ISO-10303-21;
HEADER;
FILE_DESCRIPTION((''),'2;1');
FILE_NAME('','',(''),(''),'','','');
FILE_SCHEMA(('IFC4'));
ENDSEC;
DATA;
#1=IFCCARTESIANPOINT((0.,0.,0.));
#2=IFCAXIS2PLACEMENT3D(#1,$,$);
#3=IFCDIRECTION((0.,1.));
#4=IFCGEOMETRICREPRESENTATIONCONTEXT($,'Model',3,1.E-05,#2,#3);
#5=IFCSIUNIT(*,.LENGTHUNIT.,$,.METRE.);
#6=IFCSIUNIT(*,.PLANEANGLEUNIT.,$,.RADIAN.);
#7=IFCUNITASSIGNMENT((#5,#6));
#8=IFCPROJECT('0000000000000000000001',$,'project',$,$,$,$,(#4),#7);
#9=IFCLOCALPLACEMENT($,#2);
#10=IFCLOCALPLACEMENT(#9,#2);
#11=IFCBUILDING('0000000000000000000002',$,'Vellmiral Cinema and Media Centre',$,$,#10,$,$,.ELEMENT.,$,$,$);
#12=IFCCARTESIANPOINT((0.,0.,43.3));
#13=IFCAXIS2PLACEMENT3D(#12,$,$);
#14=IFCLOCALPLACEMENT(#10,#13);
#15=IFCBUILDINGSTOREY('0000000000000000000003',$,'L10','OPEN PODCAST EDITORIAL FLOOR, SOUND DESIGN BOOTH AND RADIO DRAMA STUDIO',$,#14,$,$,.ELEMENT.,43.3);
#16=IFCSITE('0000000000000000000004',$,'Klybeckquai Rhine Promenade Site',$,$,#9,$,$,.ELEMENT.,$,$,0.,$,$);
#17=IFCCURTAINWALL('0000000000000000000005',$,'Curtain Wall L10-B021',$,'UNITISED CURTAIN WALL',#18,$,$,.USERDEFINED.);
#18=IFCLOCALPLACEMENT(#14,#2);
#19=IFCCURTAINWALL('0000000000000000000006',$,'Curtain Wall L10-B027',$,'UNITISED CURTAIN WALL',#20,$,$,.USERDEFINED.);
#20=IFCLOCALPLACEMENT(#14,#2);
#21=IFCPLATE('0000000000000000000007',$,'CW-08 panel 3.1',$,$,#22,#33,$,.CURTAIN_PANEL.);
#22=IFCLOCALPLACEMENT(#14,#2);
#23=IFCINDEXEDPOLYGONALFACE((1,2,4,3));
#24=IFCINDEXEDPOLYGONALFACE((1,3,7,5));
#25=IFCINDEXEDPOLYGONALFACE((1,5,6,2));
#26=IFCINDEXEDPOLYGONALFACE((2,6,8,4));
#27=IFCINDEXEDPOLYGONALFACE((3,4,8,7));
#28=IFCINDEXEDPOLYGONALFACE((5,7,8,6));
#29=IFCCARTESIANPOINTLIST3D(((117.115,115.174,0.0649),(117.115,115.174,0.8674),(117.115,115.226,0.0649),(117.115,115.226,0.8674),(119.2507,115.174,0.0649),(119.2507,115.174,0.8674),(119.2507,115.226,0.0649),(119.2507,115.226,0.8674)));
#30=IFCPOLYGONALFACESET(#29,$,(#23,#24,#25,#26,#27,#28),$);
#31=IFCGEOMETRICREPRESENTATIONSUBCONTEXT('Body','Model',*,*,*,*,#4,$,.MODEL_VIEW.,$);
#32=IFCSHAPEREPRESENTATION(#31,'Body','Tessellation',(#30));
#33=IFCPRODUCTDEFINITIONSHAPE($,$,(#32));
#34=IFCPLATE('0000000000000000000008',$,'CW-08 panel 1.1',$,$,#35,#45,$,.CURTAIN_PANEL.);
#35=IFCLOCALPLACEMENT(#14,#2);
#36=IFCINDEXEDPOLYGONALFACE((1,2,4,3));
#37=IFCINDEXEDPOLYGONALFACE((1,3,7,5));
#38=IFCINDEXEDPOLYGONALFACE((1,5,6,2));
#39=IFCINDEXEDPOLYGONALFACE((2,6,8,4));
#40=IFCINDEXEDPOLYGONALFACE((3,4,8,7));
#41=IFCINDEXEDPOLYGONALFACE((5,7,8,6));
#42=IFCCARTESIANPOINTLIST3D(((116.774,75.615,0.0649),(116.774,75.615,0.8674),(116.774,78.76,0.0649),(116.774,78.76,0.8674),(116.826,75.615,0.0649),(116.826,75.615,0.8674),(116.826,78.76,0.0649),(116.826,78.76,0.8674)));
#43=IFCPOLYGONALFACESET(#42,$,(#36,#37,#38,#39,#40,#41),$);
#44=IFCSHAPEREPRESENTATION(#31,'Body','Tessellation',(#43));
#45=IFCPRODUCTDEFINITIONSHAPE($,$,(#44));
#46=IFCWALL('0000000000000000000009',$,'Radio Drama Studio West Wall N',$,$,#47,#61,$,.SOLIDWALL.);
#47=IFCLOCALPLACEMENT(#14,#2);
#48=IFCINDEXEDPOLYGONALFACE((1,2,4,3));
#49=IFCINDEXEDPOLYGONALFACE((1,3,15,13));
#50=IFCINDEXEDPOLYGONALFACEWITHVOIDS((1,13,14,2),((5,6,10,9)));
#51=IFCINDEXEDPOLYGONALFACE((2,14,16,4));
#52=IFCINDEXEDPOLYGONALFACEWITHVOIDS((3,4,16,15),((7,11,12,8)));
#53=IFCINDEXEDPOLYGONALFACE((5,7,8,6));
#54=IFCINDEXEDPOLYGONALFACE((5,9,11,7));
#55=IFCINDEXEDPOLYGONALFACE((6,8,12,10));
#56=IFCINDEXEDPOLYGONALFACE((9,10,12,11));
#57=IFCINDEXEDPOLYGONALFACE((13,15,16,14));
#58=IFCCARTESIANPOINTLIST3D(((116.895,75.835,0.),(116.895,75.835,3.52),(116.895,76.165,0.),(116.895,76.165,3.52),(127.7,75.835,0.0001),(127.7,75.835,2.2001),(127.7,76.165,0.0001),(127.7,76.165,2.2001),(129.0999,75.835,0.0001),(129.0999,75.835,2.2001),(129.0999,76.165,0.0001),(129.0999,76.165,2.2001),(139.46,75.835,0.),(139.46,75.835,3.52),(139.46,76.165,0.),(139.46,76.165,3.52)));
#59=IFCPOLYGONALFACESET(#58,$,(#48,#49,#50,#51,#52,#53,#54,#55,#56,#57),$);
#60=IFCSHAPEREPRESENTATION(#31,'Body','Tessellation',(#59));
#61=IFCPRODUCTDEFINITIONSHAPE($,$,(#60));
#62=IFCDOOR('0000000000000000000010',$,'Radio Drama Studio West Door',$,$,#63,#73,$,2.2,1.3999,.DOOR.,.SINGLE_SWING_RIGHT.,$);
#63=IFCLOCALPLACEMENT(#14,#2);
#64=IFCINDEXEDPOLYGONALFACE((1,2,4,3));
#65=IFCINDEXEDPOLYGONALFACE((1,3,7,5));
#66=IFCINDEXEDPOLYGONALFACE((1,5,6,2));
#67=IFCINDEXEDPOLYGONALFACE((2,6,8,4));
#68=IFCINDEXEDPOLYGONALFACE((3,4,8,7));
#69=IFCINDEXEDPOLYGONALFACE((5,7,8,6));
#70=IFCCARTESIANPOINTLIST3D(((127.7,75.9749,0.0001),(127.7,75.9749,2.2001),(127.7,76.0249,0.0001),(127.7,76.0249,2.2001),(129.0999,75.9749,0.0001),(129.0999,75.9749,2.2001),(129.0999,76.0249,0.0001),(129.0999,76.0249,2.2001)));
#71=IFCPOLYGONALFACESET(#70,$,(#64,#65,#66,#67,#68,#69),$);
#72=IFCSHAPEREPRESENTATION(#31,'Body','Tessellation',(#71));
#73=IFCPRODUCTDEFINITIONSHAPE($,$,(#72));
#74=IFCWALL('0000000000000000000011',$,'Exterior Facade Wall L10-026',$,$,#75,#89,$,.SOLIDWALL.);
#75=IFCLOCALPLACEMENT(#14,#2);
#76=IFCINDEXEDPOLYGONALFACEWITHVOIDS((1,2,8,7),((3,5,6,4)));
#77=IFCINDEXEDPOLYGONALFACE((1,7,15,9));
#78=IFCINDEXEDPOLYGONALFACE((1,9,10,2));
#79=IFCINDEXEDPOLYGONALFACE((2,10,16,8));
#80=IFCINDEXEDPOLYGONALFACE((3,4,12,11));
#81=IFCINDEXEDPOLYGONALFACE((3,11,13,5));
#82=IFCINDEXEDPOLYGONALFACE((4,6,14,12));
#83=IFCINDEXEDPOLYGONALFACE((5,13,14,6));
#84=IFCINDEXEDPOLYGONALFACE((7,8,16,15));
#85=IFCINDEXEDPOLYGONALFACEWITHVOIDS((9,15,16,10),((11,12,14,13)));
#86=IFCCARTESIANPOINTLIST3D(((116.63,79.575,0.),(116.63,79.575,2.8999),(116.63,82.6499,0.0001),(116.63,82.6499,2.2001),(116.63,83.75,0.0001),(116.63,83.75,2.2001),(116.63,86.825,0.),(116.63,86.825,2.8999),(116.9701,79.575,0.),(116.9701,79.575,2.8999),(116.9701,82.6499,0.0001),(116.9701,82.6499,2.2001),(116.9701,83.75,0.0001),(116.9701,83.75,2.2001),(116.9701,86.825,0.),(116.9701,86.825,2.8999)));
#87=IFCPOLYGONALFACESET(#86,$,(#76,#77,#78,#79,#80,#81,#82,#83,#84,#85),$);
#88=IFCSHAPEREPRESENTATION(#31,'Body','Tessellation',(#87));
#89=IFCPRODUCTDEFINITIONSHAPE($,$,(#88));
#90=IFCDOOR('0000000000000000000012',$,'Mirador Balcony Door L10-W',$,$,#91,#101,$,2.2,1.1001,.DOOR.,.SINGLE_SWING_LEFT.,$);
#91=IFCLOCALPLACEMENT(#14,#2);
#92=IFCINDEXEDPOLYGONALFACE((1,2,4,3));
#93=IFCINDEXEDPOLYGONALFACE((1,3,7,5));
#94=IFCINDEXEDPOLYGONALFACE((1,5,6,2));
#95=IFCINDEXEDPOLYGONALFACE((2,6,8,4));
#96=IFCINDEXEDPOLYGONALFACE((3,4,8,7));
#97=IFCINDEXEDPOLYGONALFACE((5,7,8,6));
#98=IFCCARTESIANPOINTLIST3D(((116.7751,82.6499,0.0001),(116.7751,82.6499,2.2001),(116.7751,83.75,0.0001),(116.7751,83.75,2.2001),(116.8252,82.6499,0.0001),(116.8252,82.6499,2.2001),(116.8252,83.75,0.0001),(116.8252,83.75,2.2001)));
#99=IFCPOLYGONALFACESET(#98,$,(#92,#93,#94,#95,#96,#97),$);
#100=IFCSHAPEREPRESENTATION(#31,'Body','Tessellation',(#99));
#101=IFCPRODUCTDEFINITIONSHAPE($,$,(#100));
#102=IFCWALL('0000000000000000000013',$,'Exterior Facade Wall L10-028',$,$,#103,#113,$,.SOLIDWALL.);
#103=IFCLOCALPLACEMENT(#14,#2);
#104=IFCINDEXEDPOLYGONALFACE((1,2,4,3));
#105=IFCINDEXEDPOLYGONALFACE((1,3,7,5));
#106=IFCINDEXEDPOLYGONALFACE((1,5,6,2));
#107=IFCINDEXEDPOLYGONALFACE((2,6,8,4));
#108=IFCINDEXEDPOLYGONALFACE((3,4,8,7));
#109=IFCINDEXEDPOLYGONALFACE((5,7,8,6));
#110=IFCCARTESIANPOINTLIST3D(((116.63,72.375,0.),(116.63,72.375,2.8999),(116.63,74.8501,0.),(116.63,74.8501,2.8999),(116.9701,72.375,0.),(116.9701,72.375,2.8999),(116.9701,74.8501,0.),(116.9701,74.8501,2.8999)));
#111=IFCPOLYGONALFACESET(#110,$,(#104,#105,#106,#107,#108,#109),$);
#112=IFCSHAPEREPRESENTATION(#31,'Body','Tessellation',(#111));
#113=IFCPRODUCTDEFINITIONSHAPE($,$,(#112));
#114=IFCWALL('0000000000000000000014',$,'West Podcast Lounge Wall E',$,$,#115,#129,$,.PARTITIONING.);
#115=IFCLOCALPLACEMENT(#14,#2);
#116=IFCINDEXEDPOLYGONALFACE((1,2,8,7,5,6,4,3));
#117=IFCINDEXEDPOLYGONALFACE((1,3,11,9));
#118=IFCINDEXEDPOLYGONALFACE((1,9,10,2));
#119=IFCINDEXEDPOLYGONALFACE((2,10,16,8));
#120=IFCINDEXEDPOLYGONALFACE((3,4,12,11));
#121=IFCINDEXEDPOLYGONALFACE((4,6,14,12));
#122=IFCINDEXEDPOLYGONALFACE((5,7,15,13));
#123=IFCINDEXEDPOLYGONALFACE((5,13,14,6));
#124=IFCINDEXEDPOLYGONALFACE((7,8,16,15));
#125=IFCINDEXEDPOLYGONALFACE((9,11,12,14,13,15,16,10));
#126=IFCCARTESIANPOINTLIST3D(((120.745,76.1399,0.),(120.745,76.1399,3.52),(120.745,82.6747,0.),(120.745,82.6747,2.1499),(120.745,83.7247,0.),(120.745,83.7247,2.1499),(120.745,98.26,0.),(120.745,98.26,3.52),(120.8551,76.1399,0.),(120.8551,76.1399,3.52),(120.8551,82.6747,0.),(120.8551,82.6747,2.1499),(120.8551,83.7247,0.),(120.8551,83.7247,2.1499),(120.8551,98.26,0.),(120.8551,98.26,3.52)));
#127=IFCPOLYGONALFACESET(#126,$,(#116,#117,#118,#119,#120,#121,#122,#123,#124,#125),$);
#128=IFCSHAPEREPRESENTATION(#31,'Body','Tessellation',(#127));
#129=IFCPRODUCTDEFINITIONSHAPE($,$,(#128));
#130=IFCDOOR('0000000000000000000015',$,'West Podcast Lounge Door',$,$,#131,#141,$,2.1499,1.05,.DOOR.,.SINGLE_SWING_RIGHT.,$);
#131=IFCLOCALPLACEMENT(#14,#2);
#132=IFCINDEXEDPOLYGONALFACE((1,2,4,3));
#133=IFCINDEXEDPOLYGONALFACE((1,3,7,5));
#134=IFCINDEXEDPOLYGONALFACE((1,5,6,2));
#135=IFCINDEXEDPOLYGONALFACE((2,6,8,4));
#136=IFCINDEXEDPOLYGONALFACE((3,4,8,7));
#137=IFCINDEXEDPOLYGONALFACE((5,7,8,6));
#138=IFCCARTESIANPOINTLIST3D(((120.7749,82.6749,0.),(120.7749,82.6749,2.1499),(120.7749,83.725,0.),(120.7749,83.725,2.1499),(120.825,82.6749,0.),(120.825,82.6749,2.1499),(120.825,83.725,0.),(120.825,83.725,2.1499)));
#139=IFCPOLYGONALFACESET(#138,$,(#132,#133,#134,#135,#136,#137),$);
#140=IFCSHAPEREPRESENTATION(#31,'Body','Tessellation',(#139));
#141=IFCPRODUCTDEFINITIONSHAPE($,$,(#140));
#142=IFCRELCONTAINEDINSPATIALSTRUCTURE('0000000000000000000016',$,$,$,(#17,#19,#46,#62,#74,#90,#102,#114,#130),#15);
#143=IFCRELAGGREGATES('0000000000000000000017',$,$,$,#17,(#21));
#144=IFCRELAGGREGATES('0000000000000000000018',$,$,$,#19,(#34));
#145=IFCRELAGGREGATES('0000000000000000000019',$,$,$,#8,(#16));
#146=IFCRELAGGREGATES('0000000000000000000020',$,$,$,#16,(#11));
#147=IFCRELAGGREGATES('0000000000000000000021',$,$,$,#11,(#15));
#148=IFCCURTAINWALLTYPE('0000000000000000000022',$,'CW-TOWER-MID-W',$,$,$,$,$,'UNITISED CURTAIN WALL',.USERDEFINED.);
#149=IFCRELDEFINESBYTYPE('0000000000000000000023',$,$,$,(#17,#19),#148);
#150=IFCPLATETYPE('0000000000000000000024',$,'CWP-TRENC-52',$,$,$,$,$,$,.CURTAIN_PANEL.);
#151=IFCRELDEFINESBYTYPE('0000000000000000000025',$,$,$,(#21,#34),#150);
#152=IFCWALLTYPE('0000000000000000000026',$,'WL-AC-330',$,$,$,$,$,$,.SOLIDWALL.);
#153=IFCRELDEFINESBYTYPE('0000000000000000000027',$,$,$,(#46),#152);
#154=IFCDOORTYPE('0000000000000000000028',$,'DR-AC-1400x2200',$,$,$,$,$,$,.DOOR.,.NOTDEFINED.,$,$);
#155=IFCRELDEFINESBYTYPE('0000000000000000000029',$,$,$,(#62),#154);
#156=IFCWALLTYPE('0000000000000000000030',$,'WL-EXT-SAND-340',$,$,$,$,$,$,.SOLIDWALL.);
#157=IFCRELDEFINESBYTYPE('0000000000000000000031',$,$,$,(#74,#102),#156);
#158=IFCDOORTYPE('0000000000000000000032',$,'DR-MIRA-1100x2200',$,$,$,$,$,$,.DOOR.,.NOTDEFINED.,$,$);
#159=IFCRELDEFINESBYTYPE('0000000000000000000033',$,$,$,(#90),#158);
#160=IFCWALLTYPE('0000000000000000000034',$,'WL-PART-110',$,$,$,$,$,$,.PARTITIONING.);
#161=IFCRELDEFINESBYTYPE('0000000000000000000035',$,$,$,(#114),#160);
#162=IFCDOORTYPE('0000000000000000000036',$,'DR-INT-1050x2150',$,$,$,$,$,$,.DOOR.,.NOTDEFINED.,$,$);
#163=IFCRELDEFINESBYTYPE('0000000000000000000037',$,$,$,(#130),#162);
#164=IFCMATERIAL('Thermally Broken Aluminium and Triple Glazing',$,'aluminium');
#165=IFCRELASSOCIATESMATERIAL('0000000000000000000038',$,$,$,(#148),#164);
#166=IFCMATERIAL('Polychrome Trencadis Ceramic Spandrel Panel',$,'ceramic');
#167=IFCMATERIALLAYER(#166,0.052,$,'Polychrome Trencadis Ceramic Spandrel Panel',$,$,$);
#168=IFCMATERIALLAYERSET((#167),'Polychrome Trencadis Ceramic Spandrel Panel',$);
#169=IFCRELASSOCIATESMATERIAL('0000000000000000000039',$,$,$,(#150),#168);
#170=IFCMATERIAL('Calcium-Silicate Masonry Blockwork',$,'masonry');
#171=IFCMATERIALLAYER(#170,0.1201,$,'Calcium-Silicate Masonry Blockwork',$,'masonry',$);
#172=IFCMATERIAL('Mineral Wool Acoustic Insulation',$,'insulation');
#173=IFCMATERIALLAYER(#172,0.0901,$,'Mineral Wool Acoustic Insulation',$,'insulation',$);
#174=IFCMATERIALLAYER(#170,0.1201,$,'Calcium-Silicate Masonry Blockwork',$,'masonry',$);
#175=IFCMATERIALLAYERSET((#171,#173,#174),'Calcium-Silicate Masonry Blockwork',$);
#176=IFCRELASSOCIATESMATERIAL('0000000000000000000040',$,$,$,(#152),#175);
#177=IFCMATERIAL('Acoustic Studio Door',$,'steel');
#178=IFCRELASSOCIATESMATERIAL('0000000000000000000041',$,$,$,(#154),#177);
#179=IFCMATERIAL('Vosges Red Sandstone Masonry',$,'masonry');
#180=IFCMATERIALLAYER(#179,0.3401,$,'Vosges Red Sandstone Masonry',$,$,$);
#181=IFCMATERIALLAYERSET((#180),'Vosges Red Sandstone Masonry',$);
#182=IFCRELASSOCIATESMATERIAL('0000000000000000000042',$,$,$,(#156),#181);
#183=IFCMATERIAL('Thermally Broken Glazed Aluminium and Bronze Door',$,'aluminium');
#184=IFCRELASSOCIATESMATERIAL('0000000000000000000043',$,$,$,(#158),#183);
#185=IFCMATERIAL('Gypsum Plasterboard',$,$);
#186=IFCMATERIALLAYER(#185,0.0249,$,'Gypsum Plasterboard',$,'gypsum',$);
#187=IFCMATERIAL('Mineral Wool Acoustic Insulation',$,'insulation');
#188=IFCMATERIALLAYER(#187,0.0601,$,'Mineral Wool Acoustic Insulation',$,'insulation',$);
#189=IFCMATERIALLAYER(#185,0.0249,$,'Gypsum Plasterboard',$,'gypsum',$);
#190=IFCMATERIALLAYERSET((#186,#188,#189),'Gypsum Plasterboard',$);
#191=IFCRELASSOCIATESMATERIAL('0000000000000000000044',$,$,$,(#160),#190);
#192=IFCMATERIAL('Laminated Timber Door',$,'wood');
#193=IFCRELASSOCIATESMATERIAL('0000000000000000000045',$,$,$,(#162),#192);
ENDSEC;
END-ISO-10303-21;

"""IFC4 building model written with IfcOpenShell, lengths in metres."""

from ifc_helpers import new_model, si_unit, direction, frame, frame_2d, origin, origin_2d, place, context, subcontext, project, spatial, rectangle, extrude, material, layer, layer_set, type_object, element, fill, aggregate, save


model = new_model("IFC4")

# Units and contexts
model_context = context("Model", 3, precision=1e-05, world=origin(), true_north=direction((0.0, 1.0)))
body_context = subcontext(model_context, "Body", "Model", "MODEL_VIEW")
ifc_project = project(units=[si_unit("LENGTHUNIT", "METRE"), si_unit("PLANEANGLEUNIT", "RADIAN")], contexts=[model_context])

# Site, building, storey
site_placement = place(None, origin())
site = spatial("IfcSite", under=ifc_project, at=site_placement, Name="Klybeckquai Rhine Promenade Site", CompositionType="ELEMENT", RefElevation=0.0)
building_placement = place(site_placement, origin())
building = spatial("IfcBuilding", under=site, at=building_placement, Name="Vellmiral Cinema and Media Centre", CompositionType="ELEMENT")
storey_placement = place(building_placement, frame((0.0, 0.0, 43.3)))
storey = spatial("IfcBuildingStorey", under=building, at=storey_placement, Name="L10", Description="OPEN PODCAST EDITORIAL FLOOR, SOUND DESIGN BOOTH AND RADIO DRAMA STUDIO", CompositionType="ELEMENT", Elevation=43.3)

# Curtain walls
ifc_material_1 = material(Name="Thermally Broken Aluminium and Triple Glazing", Category="aluminium")
curtain_wall_type = type_object("IfcCurtainWallType", Name="CW-TOWER-MID-W", ElementType="UNITISED CURTAIN WALL", PredefinedType="USERDEFINED", material=ifc_material_1)
curtain_wall_1_placement = place(storey_placement, origin())
curtain_wall_1 = element("IfcCurtainWall", 1, at=curtain_wall_1_placement, inside=storey, type_object=curtain_wall_type, Name="Curtain Wall L10-B021", ObjectType="UNITISED CURTAIN WALL", PredefinedType="USERDEFINED")
curtain_wall_2_placement = place(storey_placement, origin())
curtain_wall_2 = element("IfcCurtainWall", 2, at=curtain_wall_2_placement, inside=storey, type_object=curtain_wall_type, Name="Curtain Wall L10-B027", ObjectType="UNITISED CURTAIN WALL", PredefinedType="USERDEFINED")

# Plates
ifc_material_2 = material(Name="Polychrome Trencadis Ceramic Spandrel Panel", Category="ceramic")
ifc_layer_1 = layer(ifc_material_2, 0.052, Name="Polychrome Trencadis Ceramic Spandrel Panel")
ifc_layer_set_1 = layer_set([ifc_layer_1], Name="Polychrome Trencadis Ceramic Spandrel Panel")
plate_type_1 = type_object("IfcPlateType", Name="CWP-TRENC-52", PredefinedType="CURTAIN_PANEL", material=ifc_layer_set_1)
plate_1_placement = place(storey_placement, frame((118.1829, 115.2, 0.0649), z_axis=(0.0, 0.0, 1.0), x_axis=(-1.0, 0.0, 0.0)))
plate_1 = element("IfcPlate", 3, at=plate_1_placement, type_object=plate_type_1, Name="CW-08 panel 3.1", PredefinedType="CURTAIN_PANEL", context=body_context, shape_type="SweptSolid", body=[
    extrude(rectangle(XDim=2.1357, YDim=0.052, at=origin_2d()), origin(), (0.0, 0.0, 1.0), 0.8025),
])
aggregate(curtain_wall_1, [plate_1])
plate_2_placement = place(storey_placement, frame((116.8, 77.1875, 0.0649), z_axis=(0.0, 0.0, 1.0), x_axis=(0.0, -1.0, 0.0)))
plate_2 = element("IfcPlate", 4, at=plate_2_placement, type_object=plate_type_1, Name="CW-08 panel 1.1", PredefinedType="CURTAIN_PANEL", context=body_context, shape_type="SweptSolid", body=[
    extrude(rectangle(XDim=3.145, YDim=0.052, at=origin_2d()), origin(), (0.0, 0.0, 1.0), 0.8025),
])
aggregate(curtain_wall_2, [plate_2])

# Walls, openings, doors
ifc_material_3 = material(Name="Calcium-Silicate Masonry Blockwork", Category="masonry")
ifc_layer_2 = layer(ifc_material_3, 0.1201, Name="Calcium-Silicate Masonry Blockwork", Category="masonry")
ifc_material_4 = material(Name="Mineral Wool Acoustic Insulation", Category="insulation")
ifc_layer_3 = layer(ifc_material_4, 0.0901, Name="Mineral Wool Acoustic Insulation", Category="insulation")
ifc_layer_4 = layer(ifc_material_3, 0.1201, Name="Calcium-Silicate Masonry Blockwork", Category="masonry")
ifc_layer_set_2 = layer_set([ifc_layer_2, ifc_layer_3, ifc_layer_4], Name="Calcium-Silicate Masonry Blockwork")
wall_type_1 = type_object("IfcWallType", Name="WL-AC-330", PredefinedType="SOLIDWALL", material=ifc_layer_set_2)
wall_1_placement = place(storey_placement, frame((116.895, 76.0, 0.0), z_axis=(0.0, 0.0, 1.0), x_axis=(1.0, 0.0, 0.0)))
wall_1 = element("IfcWall", 5, at=wall_1_placement, inside=storey, type_object=wall_type_1, Name="Radio Drama Studio West Wall N", PredefinedType="SOLIDWALL", context=body_context, shape_type="SweptSolid", body=[
    extrude(rectangle(XDim=22.5649, YDim=0.3301, at=frame_2d((11.2825, 0.0))), origin(), (0.0, 0.0, 1.0), 3.52),
])
opening_1_placement = place(wall_1_placement, frame((10.8049, 0.0, 0.0)))
opening_1 = element("IfcOpeningElement", 6, at=opening_1_placement, cuts=wall_1, PredefinedType="OPENING", context=body_context, shape_type="SweptSolid", body=[
    extrude(rectangle(XDim=1.3999, YDim=2.2, at=frame_2d((0.7, 1.1001))), frame((0.0, 0.177, 0.0), z_axis=(0.0, -1.0, 0.0), x_axis=(1.0, 0.0, 0.0)), (0.0, 0.0, 1.0), 0.354),
])
ifc_material_5 = material(Name="Acoustic Studio Door", Category="steel")
door_type_1 = type_object("IfcDoorType", Name="DR-AC-1400x2200", OperationType="NOTDEFINED", PredefinedType="DOOR", material=ifc_material_5)
door_1_placement = place(opening_1_placement, origin())
door_1 = element("IfcDoor", 7, at=door_1_placement, inside=storey, type_object=door_type_1, Name="Radio Drama Studio West Door", OperationType="SINGLE_SWING_RIGHT", OverallHeight=2.2, OverallWidth=1.3999, PredefinedType="DOOR", context=body_context, shape_type="SweptSolid", body=[
    extrude(rectangle(XDim=1.3999, YDim=2.2, at=frame_2d((0.7, 1.1001))), frame((0.0, 0.0249, 0.0), z_axis=(0.0, -1.0, 0.0), x_axis=(1.0, 0.0, 0.0)), (0.0, 0.0, 1.0), 0.05),
])
fill(opening_1, door_1)
ifc_material_6 = material(Name="Vosges Red Sandstone Masonry", Category="masonry")
ifc_layer_5 = layer(ifc_material_6, 0.3401, Name="Vosges Red Sandstone Masonry")
ifc_layer_set_3 = layer_set([ifc_layer_5], Name="Vosges Red Sandstone Masonry")
wall_type_2 = type_object("IfcWallType", Name="WL-EXT-SAND-340", PredefinedType="SOLIDWALL", material=ifc_layer_set_3)
wall_2_placement = place(storey_placement, frame((116.8, 86.825, 0.0), z_axis=(0.0, 0.0, 1.0), x_axis=(0.0, -1.0, 0.0)))
wall_2 = element("IfcWall", 8, at=wall_2_placement, inside=storey, type_object=wall_type_2, Name="Exterior Facade Wall L10-026", PredefinedType="SOLIDWALL", context=body_context, shape_type="SweptSolid", body=[
    extrude(rectangle(XDim=7.25, YDim=0.3401, at=frame_2d((3.625, 0.0))), origin(), (0.0, 0.0, 1.0), 2.8999),
])
opening_2_placement = place(wall_2_placement, frame((3.075, 0.0, 0.0)))
opening_2 = element("IfcOpeningElement", 9, at=opening_2_placement, cuts=wall_2, PredefinedType="OPENING", context=body_context, shape_type="SweptSolid", body=[
    extrude(rectangle(XDim=1.1001, YDim=2.2, at=frame_2d((0.55, 1.1001))), frame((0.0, 0.1821, 0.0), z_axis=(0.0, -1.0, 0.0), x_axis=(1.0, 0.0, 0.0)), (0.0, 0.0, 1.0), 0.364),
])
ifc_material_7 = material(Name="Thermally Broken Glazed Aluminium and Bronze Door", Category="aluminium")
door_type_2 = type_object("IfcDoorType", Name="DR-MIRA-1100x2200", OperationType="NOTDEFINED", PredefinedType="DOOR", material=ifc_material_7)
door_2_placement = place(opening_2_placement, frame((1.1001, 0.0, 0.0), z_axis=(0.0, 0.0, 1.0), x_axis=(-1.0, 0.0, 0.0)))
door_2 = element("IfcDoor", 10, at=door_2_placement, inside=storey, type_object=door_type_2, Name="Mirador Balcony Door L10-W", OperationType="SINGLE_SWING_LEFT", OverallHeight=2.2, OverallWidth=1.1001, PredefinedType="DOOR", context=body_context, shape_type="SweptSolid", body=[
    extrude(rectangle(XDim=1.1001, YDim=2.2, at=frame_2d((0.55, 1.1001))), frame((0.0, 0.0249, 0.0), z_axis=(0.0, -1.0, 0.0), x_axis=(1.0, 0.0, 0.0)), (0.0, 0.0, 1.0), 0.05),
])
fill(opening_2, door_2)

# Wall
wall_3_placement = place(storey_placement, frame((116.8, 74.8501, 0.0), z_axis=(0.0, 0.0, 1.0), x_axis=(0.0, -1.0, 0.0)))
element("IfcWall", 11, at=wall_3_placement, inside=storey, type_object=wall_type_2, Name="Exterior Facade Wall L10-028", PredefinedType="SOLIDWALL", context=body_context, shape_type="SweptSolid", body=[
    extrude(rectangle(XDim=2.4751, YDim=0.3401, at=frame_2d((1.2375, 0.0))), origin(), (0.0, 0.0, 1.0), 2.8999),
])

# Wall, opening, door
ifc_material_8 = material(Name="Gypsum Plasterboard")
ifc_layer_6 = layer(ifc_material_8, 0.0249, Name="Gypsum Plasterboard", Category="gypsum")
ifc_material_9 = material(Name="Mineral Wool Acoustic Insulation", Category="insulation")
ifc_layer_7 = layer(ifc_material_9, 0.0601, Name="Mineral Wool Acoustic Insulation", Category="insulation")
ifc_layer_8 = layer(ifc_material_8, 0.0249, Name="Gypsum Plasterboard", Category="gypsum")
ifc_layer_set_4 = layer_set([ifc_layer_6, ifc_layer_7, ifc_layer_8], Name="Gypsum Plasterboard")
wall_type_3 = type_object("IfcWallType", Name="WL-PART-110", PredefinedType="PARTITIONING", material=ifc_layer_set_4)
wall_4_placement = place(storey_placement, frame((120.8, 76.1399, 0.0), z_axis=(0.0, 0.0, 1.0), x_axis=(0.0, 1.0, 0.0)))
wall_4 = element("IfcWall", 12, at=wall_4_placement, inside=storey, type_object=wall_type_3, Name="West Podcast Lounge Wall E", PredefinedType="PARTITIONING", context=body_context, shape_type="SweptSolid", body=[
    extrude(rectangle(XDim=22.1201, YDim=0.1101, at=frame_2d((11.0601, 0.0))), origin(), (0.0, 0.0, 1.0), 3.52),
])
opening_3_placement = place(wall_4_placement, frame((6.5349, 0.0, 0.0)))
opening_3 = element("IfcOpeningElement", 13, at=opening_3_placement, cuts=wall_4, PredefinedType="OPENING", context=body_context, shape_type="SweptSolid", body=[
    extrude(rectangle(XDim=1.05, YDim=2.1499, at=frame_2d((0.5249, 1.075))), frame((0.0, 0.0669, 0.0), z_axis=(0.0, -1.0, 0.0), x_axis=(1.0, 0.0, 0.0)), (0.0, 0.0, 1.0), 0.134),
])
ifc_material_10 = material(Name="Laminated Timber Door", Category="wood")
door_type_3 = type_object("IfcDoorType", Name="DR-INT-1050x2150", OperationType="NOTDEFINED", PredefinedType="DOOR", material=ifc_material_10)
door_3_placement = place(opening_3_placement, frame((1.05, 0.0, 0.0), z_axis=(0.0, 0.0, 1.0), x_axis=(-1.0, 0.0, 0.0)))
door_3 = element("IfcDoor", 14, at=door_3_placement, inside=storey, type_object=door_type_3, Name="West Podcast Lounge Door", OperationType="SINGLE_SWING_RIGHT", OverallHeight=2.1499, OverallWidth=1.05, PredefinedType="DOOR", context=body_context, shape_type="SweptSolid", body=[
    extrude(rectangle(XDim=1.05, YDim=2.1499, at=frame_2d((0.5249, 1.075))), frame((0.0, 0.0249, 0.0), z_axis=(0.0, -1.0, 0.0), x_axis=(1.0, 0.0, 0.0)), (0.0, 0.0, 1.0), 0.05),
])
fill(opening_3, door_3)

save(model, "model.ifc")
